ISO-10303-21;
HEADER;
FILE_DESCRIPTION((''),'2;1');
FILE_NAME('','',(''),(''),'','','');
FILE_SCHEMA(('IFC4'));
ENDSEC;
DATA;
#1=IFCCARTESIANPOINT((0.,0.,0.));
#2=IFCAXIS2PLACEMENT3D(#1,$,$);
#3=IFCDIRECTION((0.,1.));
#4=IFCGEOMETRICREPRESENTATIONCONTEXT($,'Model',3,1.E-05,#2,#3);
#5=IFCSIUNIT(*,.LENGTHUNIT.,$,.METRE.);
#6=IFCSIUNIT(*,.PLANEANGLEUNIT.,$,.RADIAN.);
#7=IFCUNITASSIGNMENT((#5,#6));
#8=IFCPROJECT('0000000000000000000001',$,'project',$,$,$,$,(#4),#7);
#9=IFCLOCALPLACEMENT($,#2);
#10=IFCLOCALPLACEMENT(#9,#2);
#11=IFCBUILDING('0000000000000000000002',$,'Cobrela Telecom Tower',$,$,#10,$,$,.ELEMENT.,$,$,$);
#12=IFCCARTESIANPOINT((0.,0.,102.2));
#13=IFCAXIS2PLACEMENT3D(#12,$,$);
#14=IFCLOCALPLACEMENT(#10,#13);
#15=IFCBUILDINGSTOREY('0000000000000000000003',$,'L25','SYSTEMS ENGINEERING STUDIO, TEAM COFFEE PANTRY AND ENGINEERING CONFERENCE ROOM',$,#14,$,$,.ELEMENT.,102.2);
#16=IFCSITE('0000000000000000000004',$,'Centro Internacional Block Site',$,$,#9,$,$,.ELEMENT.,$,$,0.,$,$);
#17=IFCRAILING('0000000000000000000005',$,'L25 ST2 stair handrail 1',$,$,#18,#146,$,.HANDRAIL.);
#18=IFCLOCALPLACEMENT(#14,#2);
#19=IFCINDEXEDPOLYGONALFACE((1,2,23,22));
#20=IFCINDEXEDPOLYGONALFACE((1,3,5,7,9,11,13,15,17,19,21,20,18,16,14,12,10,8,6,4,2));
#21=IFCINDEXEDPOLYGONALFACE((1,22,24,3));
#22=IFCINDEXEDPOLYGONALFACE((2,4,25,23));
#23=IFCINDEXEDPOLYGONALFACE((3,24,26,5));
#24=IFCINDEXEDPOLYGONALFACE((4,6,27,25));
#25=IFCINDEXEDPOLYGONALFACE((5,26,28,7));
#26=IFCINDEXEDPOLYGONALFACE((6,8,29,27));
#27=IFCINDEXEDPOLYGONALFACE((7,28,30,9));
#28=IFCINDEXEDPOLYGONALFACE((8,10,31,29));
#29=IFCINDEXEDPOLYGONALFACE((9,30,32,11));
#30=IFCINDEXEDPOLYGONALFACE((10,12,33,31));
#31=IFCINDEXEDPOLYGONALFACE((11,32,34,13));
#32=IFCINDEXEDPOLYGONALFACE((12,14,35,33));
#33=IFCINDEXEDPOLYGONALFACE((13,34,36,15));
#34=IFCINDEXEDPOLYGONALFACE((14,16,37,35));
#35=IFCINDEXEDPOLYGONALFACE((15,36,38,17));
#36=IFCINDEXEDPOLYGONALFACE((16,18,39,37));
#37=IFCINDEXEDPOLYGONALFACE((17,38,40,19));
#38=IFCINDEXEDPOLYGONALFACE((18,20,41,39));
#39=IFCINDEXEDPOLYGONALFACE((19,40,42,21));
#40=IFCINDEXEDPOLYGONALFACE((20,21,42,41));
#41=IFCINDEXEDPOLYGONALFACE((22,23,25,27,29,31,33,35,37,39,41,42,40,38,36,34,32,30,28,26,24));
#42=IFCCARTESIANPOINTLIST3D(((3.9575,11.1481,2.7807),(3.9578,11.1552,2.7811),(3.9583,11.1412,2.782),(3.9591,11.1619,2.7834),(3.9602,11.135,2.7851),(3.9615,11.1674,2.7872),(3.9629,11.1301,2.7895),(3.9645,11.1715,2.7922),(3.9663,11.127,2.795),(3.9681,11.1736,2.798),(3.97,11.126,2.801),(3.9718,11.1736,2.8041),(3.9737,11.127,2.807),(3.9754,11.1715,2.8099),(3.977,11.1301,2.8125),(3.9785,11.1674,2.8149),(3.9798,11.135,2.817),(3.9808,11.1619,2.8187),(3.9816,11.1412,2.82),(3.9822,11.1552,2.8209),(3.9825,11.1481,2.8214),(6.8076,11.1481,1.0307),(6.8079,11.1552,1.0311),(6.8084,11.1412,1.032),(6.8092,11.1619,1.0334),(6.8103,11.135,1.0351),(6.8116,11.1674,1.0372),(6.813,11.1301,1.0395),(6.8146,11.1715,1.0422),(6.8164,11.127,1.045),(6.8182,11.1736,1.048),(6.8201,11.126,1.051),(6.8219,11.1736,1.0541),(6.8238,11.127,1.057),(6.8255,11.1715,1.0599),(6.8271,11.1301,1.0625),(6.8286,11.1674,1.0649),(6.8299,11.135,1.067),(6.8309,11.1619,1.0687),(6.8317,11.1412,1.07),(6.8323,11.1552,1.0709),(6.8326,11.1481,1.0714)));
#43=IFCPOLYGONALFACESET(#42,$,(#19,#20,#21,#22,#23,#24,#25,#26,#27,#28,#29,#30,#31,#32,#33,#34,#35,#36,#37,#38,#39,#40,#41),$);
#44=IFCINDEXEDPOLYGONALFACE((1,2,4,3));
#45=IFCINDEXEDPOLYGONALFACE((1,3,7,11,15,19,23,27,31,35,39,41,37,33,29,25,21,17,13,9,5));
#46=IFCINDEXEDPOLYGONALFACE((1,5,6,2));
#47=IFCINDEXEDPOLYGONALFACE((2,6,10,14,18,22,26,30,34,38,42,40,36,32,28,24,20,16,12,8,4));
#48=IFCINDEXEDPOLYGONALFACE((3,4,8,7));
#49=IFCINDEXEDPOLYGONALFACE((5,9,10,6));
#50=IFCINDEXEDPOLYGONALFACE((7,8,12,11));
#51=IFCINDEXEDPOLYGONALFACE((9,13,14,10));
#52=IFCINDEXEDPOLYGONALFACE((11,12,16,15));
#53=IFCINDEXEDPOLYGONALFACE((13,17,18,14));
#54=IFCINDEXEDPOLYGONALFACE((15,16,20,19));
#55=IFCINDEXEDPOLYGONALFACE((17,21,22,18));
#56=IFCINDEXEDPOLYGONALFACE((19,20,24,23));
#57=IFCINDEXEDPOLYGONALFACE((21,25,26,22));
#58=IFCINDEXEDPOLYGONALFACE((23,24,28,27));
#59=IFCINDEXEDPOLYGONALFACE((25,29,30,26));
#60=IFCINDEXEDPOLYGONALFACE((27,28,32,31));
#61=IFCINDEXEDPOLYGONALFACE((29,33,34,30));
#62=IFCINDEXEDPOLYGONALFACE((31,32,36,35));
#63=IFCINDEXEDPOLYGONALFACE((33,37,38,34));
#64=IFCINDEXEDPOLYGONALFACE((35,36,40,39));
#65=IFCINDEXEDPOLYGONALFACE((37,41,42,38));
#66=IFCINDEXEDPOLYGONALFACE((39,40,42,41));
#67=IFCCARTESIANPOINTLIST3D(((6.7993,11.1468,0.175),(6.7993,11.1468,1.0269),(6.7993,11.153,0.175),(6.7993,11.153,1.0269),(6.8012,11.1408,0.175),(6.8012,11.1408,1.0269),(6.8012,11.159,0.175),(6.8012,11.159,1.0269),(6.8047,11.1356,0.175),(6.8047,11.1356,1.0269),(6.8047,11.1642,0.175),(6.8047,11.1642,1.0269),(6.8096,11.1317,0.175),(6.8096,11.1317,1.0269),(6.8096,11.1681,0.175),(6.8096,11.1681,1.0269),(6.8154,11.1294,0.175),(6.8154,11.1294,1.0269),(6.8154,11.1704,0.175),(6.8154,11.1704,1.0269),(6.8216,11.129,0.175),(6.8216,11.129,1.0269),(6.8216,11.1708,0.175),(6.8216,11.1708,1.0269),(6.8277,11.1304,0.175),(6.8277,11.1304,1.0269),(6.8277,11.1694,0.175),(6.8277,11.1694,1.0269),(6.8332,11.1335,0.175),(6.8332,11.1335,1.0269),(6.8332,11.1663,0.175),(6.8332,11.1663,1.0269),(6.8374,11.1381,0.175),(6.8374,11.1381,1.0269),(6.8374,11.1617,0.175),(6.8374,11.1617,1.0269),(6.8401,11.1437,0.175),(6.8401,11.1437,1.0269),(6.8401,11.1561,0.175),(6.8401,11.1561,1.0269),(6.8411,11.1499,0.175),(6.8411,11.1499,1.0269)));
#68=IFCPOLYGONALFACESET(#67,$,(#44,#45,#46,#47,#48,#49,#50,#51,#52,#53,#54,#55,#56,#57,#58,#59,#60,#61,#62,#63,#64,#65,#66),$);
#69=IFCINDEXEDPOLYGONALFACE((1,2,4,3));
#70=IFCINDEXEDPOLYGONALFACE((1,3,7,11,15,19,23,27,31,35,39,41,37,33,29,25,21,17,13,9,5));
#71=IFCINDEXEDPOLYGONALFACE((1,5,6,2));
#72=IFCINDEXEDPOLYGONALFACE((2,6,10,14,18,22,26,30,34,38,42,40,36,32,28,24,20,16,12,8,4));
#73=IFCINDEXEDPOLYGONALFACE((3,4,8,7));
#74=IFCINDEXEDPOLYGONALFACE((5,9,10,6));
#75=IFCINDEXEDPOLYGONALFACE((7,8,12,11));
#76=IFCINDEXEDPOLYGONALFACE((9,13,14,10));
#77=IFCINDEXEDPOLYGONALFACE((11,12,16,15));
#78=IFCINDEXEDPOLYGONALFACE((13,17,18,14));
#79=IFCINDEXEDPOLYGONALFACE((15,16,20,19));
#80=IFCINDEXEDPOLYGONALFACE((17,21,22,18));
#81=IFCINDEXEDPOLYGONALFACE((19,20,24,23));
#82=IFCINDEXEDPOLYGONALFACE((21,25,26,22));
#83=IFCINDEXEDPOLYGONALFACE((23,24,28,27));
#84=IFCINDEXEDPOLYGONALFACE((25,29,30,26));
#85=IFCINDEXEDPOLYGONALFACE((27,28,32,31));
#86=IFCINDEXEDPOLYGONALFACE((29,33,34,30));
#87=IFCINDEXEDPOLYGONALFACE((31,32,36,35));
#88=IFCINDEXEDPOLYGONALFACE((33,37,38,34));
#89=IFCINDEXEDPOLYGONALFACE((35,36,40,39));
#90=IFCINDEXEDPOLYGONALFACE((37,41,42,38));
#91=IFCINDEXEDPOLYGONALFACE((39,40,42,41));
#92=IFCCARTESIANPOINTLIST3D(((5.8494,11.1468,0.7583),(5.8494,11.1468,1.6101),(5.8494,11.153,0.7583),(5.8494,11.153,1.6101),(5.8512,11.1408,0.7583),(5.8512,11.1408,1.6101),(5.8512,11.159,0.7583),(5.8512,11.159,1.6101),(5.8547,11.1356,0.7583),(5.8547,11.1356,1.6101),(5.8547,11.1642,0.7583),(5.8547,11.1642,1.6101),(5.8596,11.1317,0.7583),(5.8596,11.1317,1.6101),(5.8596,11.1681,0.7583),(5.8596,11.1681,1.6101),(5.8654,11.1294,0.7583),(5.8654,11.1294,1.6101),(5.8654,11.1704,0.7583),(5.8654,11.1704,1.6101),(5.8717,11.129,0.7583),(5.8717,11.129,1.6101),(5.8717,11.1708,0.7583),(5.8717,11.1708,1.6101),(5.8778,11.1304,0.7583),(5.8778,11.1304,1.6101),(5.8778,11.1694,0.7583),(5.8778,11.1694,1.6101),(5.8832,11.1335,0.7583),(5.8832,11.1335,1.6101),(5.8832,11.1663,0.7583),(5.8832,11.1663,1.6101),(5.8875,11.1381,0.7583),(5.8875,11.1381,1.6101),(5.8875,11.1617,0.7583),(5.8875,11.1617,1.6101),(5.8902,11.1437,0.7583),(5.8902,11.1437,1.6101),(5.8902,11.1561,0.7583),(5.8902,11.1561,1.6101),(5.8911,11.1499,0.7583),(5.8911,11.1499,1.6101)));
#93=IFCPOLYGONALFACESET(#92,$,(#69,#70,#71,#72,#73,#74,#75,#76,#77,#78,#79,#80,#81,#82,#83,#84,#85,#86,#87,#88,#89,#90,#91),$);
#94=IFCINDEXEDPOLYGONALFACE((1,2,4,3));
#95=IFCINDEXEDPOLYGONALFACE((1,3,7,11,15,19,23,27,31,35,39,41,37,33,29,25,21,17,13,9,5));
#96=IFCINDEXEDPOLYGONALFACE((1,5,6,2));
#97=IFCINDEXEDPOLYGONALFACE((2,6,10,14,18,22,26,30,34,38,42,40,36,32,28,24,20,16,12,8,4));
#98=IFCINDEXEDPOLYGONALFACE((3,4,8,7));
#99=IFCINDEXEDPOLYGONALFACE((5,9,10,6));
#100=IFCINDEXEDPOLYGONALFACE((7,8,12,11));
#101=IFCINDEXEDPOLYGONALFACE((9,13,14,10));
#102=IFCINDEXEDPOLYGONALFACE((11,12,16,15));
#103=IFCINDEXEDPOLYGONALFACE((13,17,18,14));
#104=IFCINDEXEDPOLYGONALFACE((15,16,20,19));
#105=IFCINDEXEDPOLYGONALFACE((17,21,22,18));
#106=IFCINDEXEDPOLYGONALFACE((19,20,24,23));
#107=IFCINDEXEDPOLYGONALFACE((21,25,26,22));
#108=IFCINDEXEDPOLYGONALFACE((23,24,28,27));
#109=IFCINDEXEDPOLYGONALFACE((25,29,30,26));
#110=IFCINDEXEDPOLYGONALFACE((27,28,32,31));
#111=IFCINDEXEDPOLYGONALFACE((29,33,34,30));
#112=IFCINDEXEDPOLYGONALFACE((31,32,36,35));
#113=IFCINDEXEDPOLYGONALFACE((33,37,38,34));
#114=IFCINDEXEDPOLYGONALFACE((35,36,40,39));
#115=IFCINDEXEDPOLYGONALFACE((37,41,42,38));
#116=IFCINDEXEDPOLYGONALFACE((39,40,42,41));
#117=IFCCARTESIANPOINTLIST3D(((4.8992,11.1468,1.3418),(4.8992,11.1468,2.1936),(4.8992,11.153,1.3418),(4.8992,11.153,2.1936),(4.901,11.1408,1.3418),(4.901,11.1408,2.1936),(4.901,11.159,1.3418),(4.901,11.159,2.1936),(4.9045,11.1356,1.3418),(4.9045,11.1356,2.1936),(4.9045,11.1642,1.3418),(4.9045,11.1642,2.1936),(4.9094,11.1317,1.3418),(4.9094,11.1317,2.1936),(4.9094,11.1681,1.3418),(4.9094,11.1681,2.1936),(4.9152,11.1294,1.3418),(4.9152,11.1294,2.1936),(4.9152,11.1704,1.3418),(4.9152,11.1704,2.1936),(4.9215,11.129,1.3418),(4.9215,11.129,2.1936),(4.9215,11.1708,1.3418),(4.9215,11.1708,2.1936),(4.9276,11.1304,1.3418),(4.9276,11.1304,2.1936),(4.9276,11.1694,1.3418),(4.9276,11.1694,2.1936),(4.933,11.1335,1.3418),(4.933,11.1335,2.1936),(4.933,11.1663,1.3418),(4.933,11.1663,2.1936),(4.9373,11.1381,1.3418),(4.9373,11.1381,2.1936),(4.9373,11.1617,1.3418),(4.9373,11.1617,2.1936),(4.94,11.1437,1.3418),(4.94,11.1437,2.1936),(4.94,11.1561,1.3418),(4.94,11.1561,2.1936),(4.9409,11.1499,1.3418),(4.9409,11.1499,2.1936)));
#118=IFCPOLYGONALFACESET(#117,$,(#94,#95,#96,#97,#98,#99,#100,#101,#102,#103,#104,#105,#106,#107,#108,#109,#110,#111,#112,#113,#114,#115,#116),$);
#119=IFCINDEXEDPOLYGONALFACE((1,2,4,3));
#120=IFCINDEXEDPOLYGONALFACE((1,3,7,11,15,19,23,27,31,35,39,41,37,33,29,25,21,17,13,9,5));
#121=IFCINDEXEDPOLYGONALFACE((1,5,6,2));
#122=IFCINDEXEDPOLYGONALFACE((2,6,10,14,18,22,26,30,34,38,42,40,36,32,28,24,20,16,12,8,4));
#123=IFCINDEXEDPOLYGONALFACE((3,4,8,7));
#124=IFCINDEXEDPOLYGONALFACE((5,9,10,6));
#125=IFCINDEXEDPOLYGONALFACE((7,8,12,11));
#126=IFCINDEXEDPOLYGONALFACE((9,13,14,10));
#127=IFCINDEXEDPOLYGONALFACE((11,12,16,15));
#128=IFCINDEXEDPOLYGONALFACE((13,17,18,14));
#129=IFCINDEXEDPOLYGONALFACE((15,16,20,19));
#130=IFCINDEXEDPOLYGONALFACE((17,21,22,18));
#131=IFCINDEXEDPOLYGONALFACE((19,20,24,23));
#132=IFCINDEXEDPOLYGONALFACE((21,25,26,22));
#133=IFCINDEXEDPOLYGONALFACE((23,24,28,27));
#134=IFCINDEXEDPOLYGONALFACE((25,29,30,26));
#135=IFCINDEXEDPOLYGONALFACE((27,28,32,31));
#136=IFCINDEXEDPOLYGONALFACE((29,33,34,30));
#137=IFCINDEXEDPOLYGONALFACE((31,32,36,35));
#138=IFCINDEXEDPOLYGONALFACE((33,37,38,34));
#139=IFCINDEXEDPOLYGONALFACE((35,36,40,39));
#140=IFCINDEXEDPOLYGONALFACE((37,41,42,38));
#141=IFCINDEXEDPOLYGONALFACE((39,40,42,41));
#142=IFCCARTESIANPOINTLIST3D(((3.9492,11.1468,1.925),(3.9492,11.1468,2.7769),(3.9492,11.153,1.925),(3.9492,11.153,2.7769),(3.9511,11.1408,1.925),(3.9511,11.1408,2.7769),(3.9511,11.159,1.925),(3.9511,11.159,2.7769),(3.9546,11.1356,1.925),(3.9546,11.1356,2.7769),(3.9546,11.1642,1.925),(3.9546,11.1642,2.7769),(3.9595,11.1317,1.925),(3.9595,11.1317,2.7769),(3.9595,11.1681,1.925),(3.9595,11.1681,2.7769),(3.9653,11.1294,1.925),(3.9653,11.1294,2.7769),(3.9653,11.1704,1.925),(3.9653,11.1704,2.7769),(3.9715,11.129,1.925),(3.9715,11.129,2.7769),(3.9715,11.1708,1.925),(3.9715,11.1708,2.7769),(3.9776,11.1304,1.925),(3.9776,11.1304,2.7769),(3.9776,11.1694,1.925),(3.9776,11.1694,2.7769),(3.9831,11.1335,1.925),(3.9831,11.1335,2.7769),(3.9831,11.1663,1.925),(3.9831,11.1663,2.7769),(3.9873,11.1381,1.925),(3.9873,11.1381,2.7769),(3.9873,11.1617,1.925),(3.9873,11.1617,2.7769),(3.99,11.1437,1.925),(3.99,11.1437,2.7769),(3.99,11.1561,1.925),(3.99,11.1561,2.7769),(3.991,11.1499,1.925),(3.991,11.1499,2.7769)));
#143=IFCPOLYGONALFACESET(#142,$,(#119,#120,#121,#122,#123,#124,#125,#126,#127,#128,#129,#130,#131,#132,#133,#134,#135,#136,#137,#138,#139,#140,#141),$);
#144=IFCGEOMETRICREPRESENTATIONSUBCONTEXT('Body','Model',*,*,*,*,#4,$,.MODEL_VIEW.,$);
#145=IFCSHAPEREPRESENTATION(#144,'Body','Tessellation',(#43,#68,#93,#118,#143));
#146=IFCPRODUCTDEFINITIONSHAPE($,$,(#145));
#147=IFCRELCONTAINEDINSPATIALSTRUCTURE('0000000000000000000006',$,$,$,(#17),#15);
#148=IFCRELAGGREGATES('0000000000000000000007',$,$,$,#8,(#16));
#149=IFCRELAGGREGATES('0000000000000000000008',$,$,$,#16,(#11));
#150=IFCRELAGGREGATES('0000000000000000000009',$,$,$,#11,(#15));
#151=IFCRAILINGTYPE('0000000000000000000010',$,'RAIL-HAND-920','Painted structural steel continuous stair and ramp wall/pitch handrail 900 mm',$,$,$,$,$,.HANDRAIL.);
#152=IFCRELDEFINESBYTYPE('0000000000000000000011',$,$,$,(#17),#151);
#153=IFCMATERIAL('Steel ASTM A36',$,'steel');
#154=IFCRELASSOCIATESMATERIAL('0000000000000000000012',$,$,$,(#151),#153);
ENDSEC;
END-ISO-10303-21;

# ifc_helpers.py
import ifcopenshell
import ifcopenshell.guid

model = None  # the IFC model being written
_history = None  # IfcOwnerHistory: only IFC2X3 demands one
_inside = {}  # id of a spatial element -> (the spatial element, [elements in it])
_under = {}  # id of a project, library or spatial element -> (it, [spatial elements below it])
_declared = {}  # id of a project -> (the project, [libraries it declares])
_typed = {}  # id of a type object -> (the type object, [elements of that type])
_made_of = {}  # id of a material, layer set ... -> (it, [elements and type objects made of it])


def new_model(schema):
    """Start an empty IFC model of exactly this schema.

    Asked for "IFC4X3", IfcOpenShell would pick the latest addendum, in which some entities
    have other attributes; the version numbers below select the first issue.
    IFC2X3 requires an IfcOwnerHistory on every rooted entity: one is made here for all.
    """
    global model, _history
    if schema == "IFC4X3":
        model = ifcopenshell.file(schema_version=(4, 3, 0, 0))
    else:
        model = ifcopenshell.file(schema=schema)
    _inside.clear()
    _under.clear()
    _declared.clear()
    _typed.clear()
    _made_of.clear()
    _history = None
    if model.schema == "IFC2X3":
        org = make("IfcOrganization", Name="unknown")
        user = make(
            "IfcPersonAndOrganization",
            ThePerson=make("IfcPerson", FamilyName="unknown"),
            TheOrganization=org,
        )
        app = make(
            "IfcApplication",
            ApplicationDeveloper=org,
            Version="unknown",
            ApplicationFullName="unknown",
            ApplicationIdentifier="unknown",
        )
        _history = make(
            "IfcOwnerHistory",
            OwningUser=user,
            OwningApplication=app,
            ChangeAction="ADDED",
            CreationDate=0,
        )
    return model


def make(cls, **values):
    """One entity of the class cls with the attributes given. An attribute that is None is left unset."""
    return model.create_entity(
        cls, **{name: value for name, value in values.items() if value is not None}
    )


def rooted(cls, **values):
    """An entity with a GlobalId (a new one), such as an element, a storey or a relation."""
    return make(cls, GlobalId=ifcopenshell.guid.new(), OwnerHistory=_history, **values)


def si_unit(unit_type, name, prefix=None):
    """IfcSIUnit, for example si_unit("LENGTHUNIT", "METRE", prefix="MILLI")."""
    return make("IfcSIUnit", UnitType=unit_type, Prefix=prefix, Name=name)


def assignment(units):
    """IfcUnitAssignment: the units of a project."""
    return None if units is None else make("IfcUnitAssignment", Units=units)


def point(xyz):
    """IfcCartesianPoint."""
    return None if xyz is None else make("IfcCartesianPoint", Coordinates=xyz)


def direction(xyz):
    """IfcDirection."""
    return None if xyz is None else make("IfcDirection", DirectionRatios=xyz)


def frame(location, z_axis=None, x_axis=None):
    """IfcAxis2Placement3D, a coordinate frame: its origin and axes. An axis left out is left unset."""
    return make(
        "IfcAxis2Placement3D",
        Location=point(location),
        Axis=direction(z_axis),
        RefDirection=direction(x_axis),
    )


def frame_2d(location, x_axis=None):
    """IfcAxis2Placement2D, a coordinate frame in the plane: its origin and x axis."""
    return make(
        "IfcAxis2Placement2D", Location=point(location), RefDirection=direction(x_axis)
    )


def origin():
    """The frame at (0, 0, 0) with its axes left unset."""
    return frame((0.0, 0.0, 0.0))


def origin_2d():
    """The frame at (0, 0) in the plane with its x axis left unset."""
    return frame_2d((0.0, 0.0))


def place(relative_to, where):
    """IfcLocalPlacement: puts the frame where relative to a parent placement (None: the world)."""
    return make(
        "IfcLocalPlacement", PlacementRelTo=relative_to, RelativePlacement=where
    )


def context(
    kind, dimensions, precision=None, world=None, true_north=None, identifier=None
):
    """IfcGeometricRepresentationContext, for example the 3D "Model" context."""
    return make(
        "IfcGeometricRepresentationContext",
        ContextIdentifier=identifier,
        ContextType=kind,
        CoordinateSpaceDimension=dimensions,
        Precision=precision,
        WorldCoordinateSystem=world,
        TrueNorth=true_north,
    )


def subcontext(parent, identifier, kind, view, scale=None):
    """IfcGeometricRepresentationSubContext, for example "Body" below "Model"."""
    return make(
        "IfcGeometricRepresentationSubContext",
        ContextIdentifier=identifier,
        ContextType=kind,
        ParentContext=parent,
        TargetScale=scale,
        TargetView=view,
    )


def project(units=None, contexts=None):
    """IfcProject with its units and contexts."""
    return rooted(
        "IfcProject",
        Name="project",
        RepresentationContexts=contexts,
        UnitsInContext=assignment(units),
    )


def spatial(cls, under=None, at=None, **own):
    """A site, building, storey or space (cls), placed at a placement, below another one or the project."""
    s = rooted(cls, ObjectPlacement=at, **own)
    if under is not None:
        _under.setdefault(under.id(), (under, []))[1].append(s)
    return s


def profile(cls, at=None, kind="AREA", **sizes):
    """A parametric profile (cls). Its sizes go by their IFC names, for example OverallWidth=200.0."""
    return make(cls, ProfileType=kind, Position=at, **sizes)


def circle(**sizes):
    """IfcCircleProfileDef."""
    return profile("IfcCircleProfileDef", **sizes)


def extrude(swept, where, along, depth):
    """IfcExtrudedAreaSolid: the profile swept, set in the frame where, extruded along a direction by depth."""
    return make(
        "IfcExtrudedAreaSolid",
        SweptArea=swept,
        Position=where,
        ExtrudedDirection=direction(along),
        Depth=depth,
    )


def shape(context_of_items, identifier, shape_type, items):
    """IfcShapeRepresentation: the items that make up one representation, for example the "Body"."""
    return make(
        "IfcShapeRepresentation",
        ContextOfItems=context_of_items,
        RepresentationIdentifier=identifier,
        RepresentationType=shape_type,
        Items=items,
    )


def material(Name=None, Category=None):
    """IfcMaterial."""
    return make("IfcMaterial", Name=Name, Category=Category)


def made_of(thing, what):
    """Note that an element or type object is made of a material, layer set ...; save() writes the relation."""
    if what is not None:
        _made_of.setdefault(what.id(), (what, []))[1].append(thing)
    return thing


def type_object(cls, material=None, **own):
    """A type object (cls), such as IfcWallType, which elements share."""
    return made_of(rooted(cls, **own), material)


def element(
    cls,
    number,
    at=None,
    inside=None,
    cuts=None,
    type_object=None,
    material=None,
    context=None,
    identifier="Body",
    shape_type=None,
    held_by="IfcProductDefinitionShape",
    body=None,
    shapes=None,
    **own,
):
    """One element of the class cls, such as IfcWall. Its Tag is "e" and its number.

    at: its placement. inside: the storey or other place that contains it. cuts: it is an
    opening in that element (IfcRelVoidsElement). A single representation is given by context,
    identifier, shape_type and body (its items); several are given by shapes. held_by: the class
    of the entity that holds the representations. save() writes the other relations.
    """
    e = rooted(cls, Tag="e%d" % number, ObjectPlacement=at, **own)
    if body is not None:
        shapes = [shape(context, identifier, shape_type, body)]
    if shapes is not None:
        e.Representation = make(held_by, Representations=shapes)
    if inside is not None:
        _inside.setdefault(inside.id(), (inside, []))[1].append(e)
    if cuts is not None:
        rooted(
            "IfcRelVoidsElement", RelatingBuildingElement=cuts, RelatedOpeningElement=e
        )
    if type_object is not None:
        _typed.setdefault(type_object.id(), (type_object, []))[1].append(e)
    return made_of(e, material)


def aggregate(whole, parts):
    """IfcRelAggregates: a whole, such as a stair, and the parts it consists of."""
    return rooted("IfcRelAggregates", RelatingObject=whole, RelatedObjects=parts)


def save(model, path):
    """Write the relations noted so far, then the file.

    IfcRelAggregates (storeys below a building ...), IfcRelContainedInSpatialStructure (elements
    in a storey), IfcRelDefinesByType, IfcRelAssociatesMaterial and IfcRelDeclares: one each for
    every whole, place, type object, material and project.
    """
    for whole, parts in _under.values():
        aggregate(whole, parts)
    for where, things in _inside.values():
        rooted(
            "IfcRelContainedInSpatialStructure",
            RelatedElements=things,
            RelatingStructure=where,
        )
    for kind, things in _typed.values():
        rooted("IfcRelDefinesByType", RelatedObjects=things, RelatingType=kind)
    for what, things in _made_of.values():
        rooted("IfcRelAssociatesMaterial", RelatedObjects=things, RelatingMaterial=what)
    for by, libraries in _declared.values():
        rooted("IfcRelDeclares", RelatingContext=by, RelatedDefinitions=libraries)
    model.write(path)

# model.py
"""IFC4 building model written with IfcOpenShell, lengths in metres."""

from ifc_helpers import new_model, si_unit, direction, frame, origin, origin_2d, place, context, subcontext, project, spatial, circle, extrude, material, type_object, element, save


model = new_model("IFC4")

# Units and contexts
model_context = context("Model", 3, precision=1e-05, world=origin(), true_north=direction((0.0, 1.0)))
body_context = subcontext(model_context, "Body", "Model", "MODEL_VIEW")
ifc_project = project(units=[si_unit("LENGTHUNIT", "METRE"), si_unit("PLANEANGLEUNIT", "RADIAN")], contexts=[model_context])

# Site, building, storey
site_placement = place(None, origin())
site = spatial("IfcSite", under=ifc_project, at=site_placement, Name="Centro Internacional Block Site", CompositionType="ELEMENT", RefElevation=0.0)
building_placement = place(site_placement, origin())
building = spatial("IfcBuilding", under=site, at=building_placement, Name="Cobrela Telecom Tower", CompositionType="ELEMENT")
storey_placement = place(building_placement, frame((0.0, 0.0, 102.2)))
storey = spatial("IfcBuildingStorey", under=building, at=storey_placement, Name="L25", Description="SYSTEMS ENGINEERING STUDIO, TEAM COFFEE PANTRY AND ENGINEERING CONFERENCE ROOM", CompositionType="ELEMENT", Elevation=102.2)

# Shared definitions
ifc_material_1 = material(Name="Steel ASTM A36", Category="steel")

# Railing
railing_type_1 = type_object("IfcRailingType", Name="RAIL-HAND-920", Description="Painted structural steel continuous stair and ramp wall/pitch handrail 900 mm", PredefinedType="HANDRAIL", material=ifc_material_1)
railing_1_placement = place(storey_placement, frame((6.8201, 11.1499, 0.175)))
element("IfcRailing", 1, at=railing_1_placement, inside=storey, type_object=railing_type_1, Name="L25 ST2 stair handrail 1", PredefinedType="HANDRAIL", context=body_context, shape_type="SweptSolid", body=[
    extrude(circle(Radius=0.0239, at=origin_2d()), frame((0.0, 0.0, 0.876), z_axis=(-0.852179, 0.0, 0.52325), x_axis=(0.0, -1.0, 0.0)), (0.0, 0.0, 1.0), 3.3445),
    extrude(circle(Radius=0.021, at=origin_2d()), origin(), (0.0, 0.0, 1.0), 0.8518),
    extrude(circle(Radius=0.021, at=origin_2d()), frame((-0.95, 0.0, 0.5833)), (0.0, 0.0, 1.0), 0.8518),
    extrude(circle(Radius=0.021, at=origin_2d()), frame((-1.9001, 0.0, 1.1667)), (0.0, 0.0, 1.0), 0.8518),
    extrude(circle(Radius=0.021, at=origin_2d()), frame((-2.8501, 0.0, 1.75)), (0.0, 0.0, 1.0), 0.8518),
])

save(model, "model.ifc")
